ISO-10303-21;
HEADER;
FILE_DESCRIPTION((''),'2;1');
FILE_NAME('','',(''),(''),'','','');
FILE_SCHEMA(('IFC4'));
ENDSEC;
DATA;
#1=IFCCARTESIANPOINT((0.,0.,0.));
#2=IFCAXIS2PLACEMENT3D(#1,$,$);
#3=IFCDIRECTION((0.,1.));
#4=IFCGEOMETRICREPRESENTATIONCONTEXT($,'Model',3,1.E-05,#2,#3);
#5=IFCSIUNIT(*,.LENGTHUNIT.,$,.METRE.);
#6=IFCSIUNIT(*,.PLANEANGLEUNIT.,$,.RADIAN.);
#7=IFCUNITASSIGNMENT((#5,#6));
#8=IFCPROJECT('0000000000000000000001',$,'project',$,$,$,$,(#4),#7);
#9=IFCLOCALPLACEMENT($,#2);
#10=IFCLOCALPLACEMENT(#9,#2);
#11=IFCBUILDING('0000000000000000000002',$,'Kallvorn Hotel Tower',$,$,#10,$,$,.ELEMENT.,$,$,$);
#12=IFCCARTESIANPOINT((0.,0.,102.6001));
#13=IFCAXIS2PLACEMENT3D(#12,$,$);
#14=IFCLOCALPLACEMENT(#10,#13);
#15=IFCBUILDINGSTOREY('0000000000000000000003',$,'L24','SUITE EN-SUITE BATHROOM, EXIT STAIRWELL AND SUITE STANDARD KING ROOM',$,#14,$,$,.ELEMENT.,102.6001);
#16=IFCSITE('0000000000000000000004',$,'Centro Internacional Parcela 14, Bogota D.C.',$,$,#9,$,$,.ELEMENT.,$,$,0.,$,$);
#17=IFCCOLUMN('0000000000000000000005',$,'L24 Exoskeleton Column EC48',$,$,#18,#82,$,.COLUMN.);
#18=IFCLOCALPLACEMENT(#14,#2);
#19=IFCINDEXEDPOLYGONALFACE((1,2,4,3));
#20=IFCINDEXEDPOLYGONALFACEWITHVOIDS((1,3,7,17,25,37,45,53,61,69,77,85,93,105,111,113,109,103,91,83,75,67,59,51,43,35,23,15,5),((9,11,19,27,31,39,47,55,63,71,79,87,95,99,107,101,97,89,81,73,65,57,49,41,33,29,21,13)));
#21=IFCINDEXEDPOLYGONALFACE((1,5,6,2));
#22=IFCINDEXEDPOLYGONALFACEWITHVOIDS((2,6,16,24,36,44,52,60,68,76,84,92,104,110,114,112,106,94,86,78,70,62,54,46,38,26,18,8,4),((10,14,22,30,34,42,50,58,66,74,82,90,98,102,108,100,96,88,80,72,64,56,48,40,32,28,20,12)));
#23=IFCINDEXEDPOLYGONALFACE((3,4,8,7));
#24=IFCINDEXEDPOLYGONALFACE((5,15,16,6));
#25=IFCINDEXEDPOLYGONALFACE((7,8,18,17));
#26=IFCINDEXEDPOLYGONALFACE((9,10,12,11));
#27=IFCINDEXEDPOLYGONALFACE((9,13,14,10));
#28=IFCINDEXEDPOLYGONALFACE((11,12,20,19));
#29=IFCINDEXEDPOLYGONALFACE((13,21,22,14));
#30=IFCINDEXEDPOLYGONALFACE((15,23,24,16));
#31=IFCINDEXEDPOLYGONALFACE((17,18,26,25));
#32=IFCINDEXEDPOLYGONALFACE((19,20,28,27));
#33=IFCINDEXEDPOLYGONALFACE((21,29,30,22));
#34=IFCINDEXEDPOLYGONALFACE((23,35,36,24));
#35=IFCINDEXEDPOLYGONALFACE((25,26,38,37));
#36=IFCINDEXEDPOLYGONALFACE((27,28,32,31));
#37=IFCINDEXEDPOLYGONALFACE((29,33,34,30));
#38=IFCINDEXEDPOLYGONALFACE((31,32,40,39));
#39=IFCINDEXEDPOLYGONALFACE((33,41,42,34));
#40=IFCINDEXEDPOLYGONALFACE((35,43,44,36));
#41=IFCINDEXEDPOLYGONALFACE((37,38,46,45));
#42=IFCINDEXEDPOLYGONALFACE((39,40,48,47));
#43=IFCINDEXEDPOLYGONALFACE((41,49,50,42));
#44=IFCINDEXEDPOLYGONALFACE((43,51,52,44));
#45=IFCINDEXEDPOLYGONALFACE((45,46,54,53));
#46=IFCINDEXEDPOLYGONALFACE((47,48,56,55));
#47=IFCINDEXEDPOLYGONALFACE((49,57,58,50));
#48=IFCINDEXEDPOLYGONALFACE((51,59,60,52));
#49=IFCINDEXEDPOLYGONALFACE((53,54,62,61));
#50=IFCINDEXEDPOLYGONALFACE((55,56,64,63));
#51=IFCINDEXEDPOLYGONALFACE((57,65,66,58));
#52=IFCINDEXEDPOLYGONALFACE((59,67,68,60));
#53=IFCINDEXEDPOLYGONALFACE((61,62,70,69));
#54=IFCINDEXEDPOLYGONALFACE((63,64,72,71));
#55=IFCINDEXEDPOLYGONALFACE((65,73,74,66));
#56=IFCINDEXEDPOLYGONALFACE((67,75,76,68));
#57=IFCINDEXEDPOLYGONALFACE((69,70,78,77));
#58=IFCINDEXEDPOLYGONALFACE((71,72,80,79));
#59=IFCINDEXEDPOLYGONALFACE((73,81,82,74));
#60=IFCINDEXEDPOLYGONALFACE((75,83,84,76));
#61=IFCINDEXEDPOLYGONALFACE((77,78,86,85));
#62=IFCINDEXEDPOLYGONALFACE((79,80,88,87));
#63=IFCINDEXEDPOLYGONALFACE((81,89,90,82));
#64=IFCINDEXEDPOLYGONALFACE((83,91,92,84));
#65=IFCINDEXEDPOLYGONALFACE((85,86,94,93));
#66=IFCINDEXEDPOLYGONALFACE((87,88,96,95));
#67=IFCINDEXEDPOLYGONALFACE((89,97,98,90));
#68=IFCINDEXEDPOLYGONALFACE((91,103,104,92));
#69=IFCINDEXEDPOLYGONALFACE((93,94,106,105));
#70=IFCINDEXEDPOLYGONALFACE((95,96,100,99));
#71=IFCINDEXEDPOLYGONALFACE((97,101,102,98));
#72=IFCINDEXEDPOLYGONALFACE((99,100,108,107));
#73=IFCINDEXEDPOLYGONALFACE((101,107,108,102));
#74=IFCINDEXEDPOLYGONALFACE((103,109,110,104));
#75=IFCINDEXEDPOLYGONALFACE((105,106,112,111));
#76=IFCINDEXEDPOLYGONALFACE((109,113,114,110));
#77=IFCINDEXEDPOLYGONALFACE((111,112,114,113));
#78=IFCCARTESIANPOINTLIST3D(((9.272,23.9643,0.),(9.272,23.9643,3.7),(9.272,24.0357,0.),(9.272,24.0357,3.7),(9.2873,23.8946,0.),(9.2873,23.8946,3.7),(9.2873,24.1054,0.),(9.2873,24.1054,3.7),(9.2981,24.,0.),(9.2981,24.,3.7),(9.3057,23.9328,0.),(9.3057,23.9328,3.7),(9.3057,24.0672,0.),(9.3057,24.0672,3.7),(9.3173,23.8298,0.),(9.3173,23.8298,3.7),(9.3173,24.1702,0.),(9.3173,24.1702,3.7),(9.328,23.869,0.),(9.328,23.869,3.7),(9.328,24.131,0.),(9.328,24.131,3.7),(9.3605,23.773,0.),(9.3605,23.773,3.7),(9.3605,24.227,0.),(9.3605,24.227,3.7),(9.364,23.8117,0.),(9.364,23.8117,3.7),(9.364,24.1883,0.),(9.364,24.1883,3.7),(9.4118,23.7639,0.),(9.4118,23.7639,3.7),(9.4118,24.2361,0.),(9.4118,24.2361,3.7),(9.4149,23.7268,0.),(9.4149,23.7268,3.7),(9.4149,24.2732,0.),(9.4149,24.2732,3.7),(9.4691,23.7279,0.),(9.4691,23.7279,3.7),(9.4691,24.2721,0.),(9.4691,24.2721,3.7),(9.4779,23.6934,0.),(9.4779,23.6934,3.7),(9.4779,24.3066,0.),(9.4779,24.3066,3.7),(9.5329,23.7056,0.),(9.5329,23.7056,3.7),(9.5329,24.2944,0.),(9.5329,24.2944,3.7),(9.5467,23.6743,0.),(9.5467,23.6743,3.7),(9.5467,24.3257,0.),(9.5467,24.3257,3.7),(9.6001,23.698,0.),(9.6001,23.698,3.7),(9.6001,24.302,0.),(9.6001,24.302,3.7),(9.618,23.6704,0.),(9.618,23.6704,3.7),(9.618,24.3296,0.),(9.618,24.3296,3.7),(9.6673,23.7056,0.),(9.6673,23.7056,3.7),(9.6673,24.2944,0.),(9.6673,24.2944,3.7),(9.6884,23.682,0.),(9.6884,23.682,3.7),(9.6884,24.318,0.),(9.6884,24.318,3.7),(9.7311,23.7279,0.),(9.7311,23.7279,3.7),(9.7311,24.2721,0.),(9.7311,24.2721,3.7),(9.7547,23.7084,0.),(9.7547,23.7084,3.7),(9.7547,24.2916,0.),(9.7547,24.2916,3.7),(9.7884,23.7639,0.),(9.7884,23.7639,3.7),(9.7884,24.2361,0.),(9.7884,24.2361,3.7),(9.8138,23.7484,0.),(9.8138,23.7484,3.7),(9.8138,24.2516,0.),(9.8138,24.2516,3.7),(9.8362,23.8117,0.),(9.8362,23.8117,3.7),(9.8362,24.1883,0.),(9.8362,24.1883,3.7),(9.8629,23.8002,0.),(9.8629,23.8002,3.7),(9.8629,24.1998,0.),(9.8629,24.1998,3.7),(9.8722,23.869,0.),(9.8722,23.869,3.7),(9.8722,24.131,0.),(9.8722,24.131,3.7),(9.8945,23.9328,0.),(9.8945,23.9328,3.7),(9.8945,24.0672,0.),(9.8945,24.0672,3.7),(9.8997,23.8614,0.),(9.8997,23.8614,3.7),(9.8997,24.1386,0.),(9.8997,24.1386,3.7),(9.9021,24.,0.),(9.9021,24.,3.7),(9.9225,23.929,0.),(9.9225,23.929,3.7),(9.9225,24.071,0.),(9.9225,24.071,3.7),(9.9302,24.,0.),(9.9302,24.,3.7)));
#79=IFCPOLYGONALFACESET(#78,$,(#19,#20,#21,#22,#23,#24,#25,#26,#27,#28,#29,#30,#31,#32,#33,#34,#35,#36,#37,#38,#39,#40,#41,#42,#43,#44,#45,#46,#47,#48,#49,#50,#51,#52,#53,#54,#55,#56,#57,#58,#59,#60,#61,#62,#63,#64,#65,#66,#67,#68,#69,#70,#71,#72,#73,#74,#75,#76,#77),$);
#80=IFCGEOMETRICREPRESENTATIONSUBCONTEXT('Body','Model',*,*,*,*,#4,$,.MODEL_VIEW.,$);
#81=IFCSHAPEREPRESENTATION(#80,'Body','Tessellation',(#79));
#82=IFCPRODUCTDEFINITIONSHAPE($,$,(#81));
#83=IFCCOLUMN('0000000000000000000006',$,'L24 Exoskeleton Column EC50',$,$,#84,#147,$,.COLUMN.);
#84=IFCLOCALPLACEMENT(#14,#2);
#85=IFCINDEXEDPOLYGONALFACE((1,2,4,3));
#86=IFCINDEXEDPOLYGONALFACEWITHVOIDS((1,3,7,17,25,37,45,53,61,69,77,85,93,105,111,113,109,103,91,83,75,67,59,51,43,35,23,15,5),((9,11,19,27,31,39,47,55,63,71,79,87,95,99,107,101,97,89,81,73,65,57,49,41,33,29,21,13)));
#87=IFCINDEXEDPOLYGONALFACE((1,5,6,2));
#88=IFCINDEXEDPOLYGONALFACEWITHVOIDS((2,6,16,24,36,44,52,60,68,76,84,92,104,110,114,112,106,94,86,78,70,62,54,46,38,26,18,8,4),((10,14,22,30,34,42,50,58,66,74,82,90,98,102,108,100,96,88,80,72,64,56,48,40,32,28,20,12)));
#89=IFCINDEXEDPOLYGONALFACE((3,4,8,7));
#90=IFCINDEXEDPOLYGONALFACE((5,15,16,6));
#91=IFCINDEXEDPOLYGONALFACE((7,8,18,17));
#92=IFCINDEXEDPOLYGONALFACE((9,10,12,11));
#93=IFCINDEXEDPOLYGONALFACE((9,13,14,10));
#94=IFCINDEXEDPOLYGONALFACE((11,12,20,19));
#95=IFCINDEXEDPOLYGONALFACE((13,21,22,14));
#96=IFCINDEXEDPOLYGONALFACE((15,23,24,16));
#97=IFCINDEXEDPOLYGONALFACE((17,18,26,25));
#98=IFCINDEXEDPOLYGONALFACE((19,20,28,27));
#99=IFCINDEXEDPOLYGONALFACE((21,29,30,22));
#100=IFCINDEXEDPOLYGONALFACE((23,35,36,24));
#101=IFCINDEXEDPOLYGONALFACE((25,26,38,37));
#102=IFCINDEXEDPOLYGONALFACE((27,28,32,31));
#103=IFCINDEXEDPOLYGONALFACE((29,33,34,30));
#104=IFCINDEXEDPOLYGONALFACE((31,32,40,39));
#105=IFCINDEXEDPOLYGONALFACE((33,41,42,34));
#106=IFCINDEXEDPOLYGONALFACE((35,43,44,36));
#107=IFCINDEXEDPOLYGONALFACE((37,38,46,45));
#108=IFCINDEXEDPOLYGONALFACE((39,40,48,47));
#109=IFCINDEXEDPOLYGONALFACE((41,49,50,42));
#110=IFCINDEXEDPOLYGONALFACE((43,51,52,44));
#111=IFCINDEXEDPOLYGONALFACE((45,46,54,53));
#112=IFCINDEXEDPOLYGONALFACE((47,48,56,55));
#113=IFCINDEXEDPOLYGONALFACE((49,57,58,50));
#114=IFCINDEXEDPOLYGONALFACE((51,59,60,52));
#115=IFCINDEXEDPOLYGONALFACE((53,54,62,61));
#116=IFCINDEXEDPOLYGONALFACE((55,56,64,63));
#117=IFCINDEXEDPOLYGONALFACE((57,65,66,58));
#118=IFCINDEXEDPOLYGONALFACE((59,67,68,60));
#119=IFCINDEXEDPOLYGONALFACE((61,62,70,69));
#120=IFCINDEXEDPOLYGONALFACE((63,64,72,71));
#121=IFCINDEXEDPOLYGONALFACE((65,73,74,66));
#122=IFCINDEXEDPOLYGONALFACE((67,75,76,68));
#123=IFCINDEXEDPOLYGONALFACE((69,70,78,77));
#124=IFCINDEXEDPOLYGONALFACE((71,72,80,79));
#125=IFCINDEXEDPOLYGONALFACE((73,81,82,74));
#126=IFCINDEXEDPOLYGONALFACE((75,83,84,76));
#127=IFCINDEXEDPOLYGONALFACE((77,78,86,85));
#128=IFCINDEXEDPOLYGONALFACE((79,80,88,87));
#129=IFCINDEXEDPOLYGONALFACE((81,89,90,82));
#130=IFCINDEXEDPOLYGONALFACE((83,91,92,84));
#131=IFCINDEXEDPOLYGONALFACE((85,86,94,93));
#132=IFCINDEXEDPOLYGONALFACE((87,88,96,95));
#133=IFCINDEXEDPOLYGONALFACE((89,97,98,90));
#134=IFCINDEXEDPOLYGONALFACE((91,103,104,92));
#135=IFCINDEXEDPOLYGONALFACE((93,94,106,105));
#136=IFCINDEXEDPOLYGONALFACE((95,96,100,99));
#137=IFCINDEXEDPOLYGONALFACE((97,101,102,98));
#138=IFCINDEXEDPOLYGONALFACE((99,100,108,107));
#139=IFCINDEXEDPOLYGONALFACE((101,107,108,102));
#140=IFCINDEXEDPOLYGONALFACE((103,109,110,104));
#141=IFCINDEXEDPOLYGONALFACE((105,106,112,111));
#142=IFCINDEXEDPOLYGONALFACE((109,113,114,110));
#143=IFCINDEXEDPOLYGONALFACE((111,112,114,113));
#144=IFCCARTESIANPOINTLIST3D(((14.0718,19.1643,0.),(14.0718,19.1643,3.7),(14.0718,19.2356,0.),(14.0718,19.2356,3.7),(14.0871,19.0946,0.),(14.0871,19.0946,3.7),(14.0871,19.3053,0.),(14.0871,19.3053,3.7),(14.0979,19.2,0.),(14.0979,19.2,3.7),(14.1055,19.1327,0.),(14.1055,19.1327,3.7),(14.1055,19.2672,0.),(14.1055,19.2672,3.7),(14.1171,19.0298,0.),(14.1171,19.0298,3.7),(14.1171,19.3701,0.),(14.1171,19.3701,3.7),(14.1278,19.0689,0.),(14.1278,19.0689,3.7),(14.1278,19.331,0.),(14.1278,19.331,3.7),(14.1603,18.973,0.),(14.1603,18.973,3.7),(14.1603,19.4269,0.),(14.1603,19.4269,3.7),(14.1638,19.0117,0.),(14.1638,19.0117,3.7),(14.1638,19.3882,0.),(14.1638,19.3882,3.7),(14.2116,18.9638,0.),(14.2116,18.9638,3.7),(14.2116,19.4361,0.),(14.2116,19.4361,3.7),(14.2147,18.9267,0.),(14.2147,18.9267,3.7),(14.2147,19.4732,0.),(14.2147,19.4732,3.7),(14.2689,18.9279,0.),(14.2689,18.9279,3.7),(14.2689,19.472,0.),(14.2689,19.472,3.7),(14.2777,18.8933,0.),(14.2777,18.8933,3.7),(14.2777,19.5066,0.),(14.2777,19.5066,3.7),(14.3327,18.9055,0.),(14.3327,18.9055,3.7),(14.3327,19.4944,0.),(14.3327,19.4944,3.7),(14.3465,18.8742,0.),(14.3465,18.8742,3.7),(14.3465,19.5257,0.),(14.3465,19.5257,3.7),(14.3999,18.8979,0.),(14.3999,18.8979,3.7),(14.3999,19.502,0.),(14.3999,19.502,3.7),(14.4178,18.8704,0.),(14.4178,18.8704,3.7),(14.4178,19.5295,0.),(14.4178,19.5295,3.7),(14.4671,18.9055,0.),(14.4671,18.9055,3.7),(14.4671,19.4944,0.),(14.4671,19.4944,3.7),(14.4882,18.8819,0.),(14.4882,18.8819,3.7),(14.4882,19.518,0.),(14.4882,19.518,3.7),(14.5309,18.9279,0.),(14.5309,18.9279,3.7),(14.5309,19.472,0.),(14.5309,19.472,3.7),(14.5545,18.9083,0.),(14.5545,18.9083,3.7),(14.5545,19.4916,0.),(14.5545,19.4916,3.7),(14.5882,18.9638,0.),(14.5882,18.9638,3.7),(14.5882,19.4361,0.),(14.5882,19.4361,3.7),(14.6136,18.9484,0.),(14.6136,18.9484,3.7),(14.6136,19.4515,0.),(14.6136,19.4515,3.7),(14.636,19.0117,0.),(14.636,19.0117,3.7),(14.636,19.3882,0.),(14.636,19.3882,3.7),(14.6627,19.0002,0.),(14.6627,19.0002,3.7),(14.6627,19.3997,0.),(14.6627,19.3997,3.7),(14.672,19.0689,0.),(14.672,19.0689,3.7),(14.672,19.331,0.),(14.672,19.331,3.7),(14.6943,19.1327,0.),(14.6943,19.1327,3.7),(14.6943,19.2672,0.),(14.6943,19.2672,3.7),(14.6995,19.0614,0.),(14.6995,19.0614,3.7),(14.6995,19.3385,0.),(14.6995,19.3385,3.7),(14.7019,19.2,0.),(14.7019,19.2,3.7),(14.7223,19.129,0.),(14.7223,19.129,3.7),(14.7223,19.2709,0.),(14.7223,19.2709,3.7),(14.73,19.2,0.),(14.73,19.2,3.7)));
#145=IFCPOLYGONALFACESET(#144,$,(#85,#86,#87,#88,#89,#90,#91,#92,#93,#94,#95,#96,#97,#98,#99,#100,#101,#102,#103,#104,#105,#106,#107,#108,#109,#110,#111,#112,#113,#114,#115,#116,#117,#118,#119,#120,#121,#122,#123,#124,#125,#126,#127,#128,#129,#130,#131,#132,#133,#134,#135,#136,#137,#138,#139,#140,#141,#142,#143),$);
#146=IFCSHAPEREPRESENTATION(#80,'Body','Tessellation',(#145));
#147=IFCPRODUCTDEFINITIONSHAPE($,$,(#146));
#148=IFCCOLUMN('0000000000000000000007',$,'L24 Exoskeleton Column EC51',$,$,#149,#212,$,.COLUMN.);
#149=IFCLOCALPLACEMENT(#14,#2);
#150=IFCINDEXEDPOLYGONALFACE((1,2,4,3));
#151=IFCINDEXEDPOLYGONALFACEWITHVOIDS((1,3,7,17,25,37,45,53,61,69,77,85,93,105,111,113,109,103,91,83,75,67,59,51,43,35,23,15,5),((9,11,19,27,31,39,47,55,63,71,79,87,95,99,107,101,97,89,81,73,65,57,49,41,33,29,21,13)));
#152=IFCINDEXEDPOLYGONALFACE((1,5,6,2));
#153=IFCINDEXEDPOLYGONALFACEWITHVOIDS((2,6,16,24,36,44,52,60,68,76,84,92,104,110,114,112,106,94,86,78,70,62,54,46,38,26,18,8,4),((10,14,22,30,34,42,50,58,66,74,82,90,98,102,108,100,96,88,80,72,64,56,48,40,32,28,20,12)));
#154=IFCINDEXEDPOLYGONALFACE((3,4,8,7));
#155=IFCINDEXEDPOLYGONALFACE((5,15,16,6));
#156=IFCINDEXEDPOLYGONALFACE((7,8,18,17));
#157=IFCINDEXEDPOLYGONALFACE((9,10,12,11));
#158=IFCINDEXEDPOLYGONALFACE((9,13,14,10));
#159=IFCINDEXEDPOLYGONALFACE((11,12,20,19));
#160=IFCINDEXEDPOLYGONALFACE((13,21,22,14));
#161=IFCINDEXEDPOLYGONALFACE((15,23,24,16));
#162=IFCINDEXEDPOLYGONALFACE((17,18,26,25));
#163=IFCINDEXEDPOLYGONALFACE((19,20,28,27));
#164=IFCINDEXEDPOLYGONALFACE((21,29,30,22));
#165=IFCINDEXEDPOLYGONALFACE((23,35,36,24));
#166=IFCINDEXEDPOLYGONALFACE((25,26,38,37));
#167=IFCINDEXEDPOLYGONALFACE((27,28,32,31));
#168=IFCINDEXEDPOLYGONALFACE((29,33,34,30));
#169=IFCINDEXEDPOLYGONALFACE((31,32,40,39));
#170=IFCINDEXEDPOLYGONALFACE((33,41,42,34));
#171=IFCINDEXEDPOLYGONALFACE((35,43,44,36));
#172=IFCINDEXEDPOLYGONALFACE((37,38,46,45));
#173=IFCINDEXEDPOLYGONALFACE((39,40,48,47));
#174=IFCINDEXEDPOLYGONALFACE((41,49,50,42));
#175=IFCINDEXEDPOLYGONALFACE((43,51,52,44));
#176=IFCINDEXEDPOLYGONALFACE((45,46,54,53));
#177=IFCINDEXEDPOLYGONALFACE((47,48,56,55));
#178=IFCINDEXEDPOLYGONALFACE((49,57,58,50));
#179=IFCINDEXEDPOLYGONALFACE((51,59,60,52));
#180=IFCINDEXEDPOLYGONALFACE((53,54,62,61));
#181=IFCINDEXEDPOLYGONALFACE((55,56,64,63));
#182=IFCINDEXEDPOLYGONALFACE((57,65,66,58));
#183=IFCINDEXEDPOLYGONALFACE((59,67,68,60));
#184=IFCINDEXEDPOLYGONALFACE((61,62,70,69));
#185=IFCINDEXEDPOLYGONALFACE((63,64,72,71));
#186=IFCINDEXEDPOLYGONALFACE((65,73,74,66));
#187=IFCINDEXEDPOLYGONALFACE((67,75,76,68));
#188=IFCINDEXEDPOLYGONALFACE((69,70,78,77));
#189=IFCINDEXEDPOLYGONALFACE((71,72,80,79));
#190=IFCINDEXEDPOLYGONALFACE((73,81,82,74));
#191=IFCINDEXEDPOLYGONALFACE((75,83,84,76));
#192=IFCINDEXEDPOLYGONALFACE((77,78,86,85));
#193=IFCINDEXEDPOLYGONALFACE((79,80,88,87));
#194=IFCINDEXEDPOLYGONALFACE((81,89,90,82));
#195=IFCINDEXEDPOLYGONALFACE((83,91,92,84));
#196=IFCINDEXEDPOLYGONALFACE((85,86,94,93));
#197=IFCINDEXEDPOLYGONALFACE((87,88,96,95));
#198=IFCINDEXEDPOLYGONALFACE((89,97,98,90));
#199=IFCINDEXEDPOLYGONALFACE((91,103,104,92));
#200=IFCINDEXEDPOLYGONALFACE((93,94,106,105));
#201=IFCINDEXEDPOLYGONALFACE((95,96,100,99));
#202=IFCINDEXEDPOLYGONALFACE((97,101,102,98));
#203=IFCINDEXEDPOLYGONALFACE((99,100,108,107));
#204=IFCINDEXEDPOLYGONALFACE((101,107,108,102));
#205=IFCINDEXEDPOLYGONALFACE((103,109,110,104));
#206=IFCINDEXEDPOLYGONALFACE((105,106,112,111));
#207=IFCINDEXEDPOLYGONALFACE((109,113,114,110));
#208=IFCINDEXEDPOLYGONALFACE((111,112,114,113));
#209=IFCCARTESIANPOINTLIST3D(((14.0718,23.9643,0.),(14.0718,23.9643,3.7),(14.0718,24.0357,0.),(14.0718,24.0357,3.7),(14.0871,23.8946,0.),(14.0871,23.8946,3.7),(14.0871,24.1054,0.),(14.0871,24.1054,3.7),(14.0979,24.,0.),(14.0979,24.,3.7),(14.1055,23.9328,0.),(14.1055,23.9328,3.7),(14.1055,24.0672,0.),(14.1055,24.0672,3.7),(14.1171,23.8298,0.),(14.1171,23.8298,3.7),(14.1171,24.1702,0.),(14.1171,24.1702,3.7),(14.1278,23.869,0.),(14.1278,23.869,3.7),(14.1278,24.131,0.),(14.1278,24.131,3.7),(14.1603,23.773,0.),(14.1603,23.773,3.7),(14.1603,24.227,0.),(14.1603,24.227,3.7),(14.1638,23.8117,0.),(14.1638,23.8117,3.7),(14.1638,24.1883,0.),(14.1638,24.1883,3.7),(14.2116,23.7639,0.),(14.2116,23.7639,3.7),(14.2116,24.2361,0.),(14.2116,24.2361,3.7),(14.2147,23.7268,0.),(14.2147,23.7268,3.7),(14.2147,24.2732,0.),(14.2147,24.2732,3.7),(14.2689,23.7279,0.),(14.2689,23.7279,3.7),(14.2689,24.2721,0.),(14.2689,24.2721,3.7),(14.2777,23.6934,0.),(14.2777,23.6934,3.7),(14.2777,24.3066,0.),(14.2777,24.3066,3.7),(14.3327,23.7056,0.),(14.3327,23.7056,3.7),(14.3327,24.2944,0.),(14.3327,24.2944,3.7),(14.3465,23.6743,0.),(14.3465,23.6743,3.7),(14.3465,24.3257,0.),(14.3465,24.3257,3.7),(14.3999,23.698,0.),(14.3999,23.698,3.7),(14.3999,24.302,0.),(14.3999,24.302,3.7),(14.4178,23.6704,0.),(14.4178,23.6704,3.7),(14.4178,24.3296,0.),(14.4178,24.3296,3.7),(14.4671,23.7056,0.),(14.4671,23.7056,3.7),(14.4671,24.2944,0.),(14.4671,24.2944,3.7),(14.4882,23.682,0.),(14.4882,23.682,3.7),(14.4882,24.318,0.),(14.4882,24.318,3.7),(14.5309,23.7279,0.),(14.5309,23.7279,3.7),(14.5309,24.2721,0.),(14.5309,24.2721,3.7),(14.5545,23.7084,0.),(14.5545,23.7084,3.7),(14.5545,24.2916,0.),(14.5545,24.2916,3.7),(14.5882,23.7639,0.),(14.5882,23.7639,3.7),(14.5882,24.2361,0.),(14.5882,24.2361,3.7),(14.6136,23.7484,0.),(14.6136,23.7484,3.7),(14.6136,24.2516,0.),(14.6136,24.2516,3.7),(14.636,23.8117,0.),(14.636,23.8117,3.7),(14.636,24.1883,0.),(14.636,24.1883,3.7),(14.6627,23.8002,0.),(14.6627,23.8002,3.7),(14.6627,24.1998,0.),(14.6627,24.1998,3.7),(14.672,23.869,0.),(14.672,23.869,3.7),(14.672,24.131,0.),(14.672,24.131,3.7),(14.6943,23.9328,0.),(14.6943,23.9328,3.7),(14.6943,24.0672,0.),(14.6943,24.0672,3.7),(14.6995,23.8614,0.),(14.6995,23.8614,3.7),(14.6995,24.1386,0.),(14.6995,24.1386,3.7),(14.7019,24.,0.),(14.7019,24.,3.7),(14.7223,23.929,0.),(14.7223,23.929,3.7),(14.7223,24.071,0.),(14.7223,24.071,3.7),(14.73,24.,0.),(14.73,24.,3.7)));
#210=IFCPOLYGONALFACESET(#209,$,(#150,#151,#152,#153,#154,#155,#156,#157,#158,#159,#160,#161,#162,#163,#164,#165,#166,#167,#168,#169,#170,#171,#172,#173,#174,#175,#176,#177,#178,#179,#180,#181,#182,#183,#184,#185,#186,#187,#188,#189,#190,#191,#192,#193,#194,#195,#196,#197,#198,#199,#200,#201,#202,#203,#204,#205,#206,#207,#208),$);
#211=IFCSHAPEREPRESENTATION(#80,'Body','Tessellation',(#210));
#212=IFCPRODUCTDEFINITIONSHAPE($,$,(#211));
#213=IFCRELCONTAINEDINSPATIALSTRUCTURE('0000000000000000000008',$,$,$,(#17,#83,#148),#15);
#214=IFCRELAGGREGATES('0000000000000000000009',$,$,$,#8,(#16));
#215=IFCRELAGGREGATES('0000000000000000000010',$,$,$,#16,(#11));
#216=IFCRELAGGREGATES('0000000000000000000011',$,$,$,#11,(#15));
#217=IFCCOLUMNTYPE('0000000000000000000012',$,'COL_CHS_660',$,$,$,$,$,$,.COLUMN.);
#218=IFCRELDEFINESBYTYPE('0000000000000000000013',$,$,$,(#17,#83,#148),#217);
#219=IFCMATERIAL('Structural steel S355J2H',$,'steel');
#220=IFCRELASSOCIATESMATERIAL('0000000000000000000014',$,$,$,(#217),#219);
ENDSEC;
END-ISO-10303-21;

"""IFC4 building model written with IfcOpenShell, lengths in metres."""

from ifc_helpers import new_model, si_unit, direction, frame, origin, origin_2d, place, context, subcontext, project, spatial, hollow_circle, extrude, material, material_profile, profile_set, type_object, element, save


model = new_model("IFC4")

# Units and contexts
model_context = context("Model", 3, precision=1e-05, world=origin(), true_north=direction((0.0, 1.0)))
body_context = subcontext(model_context, "Body", "Model", "MODEL_VIEW")
ifc_project = project(units=[si_unit("LENGTHUNIT", "METRE"), si_unit("PLANEANGLEUNIT", "RADIAN")], contexts=[model_context])

# Site, building, storey
site_placement = place(None, origin())
site = spatial("IfcSite", under=ifc_project, at=site_placement, Name="Centro Internacional Parcela 14, Bogota D.C.", CompositionType="ELEMENT", RefElevation=0.0)
building_placement = place(site_placement, origin())
building = spatial("IfcBuilding", under=site, at=building_placement, Name="Kallvorn Hotel Tower", CompositionType="ELEMENT")
storey_placement = place(building_placement, frame((0.0, 0.0, 102.6001)))
storey = spatial("IfcBuildingStorey", under=building, at=storey_placement, Name="L24", Description="SUITE EN-SUITE BATHROOM, EXIT STAIRWELL AND SUITE STANDARD KING ROOM", CompositionType="ELEMENT", Elevation=102.6001)

# Columns
ifc_material_1 = material(Name="Structural steel S355J2H", Category="steel")
ifc_material_profile_1 = material_profile(ifc_material_1, hollow_circle(Radius=0.3301, WallThickness=0.0281, at=origin_2d()), Name="CHS 660x28")
ifc_profile_set_1 = profile_set([ifc_material_profile_1], Name="Structural steel S355J2H")
column_type_1 = type_object("IfcColumnType", Name="COL_CHS_660", PredefinedType="COLUMN", material=ifc_profile_set_1)
for number, where, z_axis, x_axis, name in (
    (1, (9.6001, 24.0, 0.0), (0.0, 0.0, 1.0), (1.0, 0.0, 0.0), "L24 Exoskeleton Column EC48"),
    (2, (14.3999, 19.2, 0.0), (0.0, 0.0, 1.0), (1.0, 0.0, 0.0), "L24 Exoskeleton Column EC50"),
    (3, (14.3999, 24.0, 0.0), (0.0, 0.0, 1.0), (1.0, 0.0, 0.0), "L24 Exoskeleton Column EC51"),
):
    element("IfcColumn", number, at=place(storey_placement, frame(where, z_axis=z_axis, x_axis=x_axis)), inside=storey, type_object=column_type_1, Name=name, PredefinedType="COLUMN", context=body_context, shape_type="SweptSolid", body=[
        extrude(hollow_circle(Radius=0.3301, WallThickness=0.0281, at=origin_2d()), origin(), (0.0, 0.0, 1.0), 3.7),
    ])

save(model, "model.ifc")
